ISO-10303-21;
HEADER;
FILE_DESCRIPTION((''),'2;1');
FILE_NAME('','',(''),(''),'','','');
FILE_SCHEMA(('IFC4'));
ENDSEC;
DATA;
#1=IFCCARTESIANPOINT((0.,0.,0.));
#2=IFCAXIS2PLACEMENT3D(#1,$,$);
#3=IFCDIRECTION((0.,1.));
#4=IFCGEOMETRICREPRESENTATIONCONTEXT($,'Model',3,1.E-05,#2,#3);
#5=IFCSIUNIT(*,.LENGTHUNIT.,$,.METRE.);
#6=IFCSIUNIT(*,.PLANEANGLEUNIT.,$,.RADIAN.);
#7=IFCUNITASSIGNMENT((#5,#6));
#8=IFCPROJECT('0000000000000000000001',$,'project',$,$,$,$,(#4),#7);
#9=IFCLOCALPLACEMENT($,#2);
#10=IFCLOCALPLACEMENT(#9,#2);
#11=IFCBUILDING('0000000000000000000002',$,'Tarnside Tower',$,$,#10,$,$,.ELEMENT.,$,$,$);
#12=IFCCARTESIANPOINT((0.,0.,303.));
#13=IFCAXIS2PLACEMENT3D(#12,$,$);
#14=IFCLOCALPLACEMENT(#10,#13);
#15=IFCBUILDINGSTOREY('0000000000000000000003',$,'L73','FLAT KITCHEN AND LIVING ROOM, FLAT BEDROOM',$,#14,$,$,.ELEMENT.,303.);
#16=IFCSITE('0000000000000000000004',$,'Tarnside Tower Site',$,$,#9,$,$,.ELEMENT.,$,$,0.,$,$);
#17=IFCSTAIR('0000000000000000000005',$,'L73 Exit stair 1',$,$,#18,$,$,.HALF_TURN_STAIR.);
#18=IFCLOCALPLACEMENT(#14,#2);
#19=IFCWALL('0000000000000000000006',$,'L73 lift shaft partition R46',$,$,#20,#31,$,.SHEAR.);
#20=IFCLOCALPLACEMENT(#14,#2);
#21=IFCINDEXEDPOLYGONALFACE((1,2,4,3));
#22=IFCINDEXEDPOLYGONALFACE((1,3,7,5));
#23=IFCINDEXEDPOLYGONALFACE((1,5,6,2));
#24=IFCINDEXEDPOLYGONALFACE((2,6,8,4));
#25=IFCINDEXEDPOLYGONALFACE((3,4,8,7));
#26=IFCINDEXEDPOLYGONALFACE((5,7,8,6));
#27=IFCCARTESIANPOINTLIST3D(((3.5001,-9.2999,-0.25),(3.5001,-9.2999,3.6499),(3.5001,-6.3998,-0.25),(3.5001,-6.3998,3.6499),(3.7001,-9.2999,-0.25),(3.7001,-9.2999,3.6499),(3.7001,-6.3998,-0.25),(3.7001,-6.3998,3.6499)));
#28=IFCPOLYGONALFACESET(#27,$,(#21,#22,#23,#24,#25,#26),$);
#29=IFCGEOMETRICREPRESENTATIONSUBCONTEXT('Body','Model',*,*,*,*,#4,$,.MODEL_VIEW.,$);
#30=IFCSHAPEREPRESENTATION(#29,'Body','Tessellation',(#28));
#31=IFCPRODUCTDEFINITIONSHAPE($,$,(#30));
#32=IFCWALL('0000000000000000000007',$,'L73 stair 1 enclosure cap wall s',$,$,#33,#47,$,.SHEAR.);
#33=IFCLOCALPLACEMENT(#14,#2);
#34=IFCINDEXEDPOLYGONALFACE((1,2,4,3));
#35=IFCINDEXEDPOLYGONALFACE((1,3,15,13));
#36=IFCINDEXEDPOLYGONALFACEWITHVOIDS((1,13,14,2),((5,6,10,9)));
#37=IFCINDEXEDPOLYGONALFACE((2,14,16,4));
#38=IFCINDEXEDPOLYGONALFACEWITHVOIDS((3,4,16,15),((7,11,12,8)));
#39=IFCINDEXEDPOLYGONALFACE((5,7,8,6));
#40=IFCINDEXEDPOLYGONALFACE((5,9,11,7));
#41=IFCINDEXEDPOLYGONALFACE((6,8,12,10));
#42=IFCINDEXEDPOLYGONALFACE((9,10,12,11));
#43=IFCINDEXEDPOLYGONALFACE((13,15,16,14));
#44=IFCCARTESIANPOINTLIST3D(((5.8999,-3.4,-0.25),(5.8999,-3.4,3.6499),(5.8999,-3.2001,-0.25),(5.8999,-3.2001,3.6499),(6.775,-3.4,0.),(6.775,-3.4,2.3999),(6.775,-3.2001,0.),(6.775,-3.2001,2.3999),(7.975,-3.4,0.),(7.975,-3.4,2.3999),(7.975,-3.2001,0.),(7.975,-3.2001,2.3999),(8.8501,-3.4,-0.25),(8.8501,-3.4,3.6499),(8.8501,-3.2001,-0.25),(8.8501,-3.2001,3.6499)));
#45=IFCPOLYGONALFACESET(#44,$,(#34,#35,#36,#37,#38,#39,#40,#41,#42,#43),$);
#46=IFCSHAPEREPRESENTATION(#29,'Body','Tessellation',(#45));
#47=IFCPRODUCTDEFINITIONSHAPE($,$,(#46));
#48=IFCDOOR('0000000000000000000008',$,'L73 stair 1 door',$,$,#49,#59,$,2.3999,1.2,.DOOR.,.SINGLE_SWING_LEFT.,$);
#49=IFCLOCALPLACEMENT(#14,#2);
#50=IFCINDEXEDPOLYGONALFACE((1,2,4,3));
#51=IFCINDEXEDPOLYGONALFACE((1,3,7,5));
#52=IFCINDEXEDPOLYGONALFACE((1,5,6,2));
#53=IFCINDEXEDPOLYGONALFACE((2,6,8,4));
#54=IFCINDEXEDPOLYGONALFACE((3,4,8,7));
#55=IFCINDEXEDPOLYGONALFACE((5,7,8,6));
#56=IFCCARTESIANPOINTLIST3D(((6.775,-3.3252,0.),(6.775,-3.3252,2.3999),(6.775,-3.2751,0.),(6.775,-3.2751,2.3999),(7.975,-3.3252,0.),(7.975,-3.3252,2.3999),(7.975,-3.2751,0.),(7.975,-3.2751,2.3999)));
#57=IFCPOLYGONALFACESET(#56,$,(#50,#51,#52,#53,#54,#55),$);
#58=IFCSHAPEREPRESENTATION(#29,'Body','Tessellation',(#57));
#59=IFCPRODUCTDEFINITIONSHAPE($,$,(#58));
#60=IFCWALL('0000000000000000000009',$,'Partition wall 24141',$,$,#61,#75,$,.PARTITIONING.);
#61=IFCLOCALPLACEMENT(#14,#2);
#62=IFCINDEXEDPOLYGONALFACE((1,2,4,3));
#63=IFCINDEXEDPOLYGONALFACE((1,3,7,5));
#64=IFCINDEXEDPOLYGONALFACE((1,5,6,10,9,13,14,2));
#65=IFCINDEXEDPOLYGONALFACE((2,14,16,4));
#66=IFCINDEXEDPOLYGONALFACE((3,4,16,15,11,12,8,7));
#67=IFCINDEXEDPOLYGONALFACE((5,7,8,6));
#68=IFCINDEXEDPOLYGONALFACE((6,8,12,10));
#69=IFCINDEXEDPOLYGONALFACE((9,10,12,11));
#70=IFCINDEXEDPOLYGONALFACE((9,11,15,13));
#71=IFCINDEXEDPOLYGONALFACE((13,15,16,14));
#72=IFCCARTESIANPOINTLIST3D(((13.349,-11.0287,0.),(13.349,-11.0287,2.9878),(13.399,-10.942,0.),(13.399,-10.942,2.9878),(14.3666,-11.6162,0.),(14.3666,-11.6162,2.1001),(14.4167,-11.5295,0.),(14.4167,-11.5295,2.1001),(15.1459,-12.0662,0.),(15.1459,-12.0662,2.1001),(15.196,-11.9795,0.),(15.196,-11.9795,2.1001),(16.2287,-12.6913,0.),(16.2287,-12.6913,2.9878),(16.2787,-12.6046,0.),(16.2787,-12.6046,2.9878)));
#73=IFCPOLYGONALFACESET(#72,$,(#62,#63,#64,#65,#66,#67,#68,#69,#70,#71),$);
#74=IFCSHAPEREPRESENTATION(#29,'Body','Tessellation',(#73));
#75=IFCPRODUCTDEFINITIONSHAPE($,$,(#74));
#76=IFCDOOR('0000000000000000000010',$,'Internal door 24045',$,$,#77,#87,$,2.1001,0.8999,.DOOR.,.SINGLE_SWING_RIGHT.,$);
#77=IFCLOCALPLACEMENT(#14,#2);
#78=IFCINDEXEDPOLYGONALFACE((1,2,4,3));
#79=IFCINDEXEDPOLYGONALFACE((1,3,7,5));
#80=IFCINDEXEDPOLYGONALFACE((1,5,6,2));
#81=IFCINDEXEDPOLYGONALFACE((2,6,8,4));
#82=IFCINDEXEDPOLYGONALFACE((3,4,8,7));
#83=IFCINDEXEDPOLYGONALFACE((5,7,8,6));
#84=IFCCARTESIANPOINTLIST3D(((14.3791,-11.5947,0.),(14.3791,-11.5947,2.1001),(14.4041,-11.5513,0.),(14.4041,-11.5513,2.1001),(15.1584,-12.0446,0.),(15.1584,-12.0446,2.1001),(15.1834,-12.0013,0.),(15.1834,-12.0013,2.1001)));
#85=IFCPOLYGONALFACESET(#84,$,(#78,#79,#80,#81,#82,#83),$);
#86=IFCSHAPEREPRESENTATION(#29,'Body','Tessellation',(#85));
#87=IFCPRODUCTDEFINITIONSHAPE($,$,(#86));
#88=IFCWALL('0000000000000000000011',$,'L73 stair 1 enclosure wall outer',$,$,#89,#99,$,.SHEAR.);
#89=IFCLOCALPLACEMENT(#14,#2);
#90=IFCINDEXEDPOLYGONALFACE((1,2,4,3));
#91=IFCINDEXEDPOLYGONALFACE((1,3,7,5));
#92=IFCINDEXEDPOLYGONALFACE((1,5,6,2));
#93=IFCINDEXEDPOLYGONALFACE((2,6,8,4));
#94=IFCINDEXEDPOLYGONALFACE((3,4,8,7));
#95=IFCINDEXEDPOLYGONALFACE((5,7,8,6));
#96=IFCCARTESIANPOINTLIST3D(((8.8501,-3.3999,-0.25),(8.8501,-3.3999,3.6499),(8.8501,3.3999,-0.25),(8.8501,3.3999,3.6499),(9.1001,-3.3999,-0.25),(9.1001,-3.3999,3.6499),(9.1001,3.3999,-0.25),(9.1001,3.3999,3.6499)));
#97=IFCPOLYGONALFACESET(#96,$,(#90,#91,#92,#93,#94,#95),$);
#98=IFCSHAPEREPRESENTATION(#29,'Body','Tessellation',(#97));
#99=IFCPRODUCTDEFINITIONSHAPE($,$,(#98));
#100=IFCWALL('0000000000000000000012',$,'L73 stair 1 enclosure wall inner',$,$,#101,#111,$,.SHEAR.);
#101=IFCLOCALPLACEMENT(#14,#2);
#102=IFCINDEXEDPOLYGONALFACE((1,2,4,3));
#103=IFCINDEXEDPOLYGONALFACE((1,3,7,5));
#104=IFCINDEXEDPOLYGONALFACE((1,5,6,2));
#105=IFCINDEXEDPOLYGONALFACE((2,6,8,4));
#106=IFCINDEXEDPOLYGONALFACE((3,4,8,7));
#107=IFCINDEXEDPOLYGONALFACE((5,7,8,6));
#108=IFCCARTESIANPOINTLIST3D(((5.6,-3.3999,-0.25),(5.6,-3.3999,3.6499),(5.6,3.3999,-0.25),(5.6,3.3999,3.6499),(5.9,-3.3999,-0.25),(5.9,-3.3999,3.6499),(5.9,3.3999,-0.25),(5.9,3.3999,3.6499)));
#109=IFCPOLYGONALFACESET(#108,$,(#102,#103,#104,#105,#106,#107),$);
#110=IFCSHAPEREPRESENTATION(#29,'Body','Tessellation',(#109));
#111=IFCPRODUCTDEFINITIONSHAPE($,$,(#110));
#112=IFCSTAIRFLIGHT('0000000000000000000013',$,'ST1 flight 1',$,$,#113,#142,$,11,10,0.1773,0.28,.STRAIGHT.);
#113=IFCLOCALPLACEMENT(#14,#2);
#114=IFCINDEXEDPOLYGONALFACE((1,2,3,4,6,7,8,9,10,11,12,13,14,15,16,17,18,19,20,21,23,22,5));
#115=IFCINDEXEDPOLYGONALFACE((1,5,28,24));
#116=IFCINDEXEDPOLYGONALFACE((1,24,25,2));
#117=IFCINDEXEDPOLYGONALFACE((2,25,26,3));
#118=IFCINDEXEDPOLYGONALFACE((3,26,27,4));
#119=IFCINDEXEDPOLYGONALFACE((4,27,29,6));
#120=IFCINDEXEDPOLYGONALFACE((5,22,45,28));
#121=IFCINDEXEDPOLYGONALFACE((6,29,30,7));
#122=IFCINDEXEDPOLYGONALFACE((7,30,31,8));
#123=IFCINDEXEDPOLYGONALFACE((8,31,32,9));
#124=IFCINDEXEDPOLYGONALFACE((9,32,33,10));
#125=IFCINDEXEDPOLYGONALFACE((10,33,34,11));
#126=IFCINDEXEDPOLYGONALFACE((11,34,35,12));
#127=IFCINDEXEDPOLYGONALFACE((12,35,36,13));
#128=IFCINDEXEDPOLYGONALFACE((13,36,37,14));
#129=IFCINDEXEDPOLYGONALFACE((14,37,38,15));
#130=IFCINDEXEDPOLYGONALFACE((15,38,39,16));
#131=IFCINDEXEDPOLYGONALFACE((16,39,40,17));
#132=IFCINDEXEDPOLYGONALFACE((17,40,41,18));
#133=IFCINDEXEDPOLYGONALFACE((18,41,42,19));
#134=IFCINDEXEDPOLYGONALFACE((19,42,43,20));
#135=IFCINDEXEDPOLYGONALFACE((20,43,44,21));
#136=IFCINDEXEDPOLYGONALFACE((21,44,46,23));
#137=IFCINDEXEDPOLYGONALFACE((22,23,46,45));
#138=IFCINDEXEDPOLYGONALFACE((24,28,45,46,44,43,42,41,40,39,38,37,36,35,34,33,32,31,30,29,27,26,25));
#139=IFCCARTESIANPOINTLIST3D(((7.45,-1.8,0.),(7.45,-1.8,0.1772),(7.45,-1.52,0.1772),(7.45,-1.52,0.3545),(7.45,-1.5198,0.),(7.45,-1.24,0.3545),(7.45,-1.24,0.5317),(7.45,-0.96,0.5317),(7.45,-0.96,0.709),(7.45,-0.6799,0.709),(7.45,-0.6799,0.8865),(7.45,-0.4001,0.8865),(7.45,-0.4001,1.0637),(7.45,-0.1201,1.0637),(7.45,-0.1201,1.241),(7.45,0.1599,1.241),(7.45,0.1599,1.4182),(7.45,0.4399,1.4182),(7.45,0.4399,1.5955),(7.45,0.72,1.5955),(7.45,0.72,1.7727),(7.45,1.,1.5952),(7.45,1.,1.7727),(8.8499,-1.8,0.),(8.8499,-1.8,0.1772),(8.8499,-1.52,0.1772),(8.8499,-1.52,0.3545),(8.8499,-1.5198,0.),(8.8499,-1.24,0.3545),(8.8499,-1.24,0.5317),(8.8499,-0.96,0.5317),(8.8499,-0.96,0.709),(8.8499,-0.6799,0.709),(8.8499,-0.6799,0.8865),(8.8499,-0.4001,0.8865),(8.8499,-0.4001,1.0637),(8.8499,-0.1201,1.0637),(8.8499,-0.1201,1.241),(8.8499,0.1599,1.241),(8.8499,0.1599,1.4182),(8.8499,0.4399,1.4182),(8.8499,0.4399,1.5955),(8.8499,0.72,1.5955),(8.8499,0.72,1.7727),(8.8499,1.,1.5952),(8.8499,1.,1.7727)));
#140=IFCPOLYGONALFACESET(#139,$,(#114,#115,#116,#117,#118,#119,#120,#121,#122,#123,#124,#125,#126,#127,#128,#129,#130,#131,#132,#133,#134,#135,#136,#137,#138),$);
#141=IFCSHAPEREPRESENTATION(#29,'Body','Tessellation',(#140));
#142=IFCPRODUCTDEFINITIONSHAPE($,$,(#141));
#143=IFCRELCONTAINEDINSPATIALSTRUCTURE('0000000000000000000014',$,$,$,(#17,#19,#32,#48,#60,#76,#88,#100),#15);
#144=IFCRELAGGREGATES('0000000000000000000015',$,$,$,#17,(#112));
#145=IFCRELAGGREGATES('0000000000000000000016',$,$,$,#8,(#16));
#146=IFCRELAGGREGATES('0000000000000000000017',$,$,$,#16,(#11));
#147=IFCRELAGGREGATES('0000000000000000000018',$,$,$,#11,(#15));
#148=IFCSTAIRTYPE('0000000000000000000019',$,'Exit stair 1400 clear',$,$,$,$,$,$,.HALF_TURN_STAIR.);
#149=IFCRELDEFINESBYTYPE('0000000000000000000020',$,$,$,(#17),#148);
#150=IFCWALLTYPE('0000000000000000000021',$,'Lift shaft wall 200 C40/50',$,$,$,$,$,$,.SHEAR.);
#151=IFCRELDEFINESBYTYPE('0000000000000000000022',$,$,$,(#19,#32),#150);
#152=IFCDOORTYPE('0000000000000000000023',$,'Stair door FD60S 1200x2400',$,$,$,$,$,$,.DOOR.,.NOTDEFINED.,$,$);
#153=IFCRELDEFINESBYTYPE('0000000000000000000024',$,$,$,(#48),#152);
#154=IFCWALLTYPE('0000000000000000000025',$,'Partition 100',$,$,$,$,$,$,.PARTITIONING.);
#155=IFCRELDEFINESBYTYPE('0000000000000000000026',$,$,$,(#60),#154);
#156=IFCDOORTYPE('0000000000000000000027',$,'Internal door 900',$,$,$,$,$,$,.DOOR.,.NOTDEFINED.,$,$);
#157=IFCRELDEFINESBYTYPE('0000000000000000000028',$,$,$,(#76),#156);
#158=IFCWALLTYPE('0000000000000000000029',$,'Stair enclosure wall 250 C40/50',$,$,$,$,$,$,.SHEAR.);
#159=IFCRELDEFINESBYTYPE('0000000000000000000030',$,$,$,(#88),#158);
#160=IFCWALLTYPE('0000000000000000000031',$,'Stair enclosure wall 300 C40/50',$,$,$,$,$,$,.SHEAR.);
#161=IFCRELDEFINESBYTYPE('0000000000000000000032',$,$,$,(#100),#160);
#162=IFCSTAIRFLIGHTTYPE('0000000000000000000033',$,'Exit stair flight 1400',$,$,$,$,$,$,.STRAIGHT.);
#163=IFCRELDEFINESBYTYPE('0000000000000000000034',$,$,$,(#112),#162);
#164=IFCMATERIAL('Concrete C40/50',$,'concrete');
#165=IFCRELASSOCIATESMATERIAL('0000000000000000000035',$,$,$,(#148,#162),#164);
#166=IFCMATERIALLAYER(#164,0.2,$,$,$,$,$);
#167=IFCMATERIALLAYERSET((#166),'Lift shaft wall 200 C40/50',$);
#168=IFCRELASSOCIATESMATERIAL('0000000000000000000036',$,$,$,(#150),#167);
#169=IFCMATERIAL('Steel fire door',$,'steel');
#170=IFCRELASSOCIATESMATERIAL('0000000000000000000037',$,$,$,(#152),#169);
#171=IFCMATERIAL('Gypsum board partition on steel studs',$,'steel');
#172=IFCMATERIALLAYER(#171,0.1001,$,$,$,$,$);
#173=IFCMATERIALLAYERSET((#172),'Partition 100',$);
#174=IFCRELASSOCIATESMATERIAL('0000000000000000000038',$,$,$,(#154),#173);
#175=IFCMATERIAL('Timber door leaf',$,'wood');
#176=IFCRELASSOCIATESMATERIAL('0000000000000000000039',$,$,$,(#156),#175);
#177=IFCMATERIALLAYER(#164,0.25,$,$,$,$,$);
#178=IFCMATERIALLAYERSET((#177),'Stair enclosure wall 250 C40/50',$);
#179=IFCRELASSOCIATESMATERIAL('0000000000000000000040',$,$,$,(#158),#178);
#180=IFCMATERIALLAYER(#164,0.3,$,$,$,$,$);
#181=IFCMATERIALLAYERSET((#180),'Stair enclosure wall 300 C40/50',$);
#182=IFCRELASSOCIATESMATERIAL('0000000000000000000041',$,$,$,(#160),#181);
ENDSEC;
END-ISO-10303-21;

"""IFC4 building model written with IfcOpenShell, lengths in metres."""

from ifc_helpers import new_model, si_unit, direction, frame, frame_2d, origin, place, context, subcontext, project, spatial, polyline, rectangle, outline, extrude, material, layer, layer_set, type_object, element, fill, aggregate, save


model = new_model("IFC4")

# Units and contexts
model_context = context("Model", 3, precision=1e-05, world=origin(), true_north=direction((0.0, 1.0)))
body_context = subcontext(model_context, "Body", "Model", "MODEL_VIEW")
ifc_project = project(units=[si_unit("LENGTHUNIT", "METRE"), si_unit("PLANEANGLEUNIT", "RADIAN")], contexts=[model_context])

# Site, building, storey
site_placement = place(None, origin())
site = spatial("IfcSite", under=ifc_project, at=site_placement, Name="Tarnside Tower Site", CompositionType="ELEMENT", RefElevation=0.0)
building_placement = place(site_placement, origin())
building = spatial("IfcBuilding", under=site, at=building_placement, Name="Tarnside Tower", CompositionType="ELEMENT")
storey_placement = place(building_placement, frame((0.0, 0.0, 303.0)))
storey = spatial("IfcBuildingStorey", under=building, at=storey_placement, Name="L73", Description="FLAT KITCHEN AND LIVING ROOM, FLAT BEDROOM", CompositionType="ELEMENT", Elevation=303.0)

# Stair
ifc_material_1 = material(Name="Concrete C40/50", Category="concrete")
stair_type = type_object("IfcStairType", Name="Exit stair 1400 clear", PredefinedType="HALF_TURN_STAIR", material=ifc_material_1)
stair_1_placement = place(storey_placement, origin())
stair_1 = element("IfcStair", 1, at=stair_1_placement, inside=storey, type_object=stair_type, Name="L73 Exit stair 1", PredefinedType="HALF_TURN_STAIR")

# Shared definitions
ifc_material_2 = material(Name="Gypsum board partition on steel studs", Category="steel")
ifc_material_3 = material(Name="Timber door leaf", Category="wood")
ifc_material_4 = material(Name="Steel fire door", Category="steel")

# Wall
ifc_layer_1 = layer(ifc_material_1, 0.2)
ifc_layer_set_1 = layer_set([ifc_layer_1], Name="Lift shaft wall 200 C40/50")
wall_type_1 = type_object("IfcWallType", Name="Lift shaft wall 200 C40/50", PredefinedType="SHEAR", material=ifc_layer_set_1)
for number, where, z_axis, x_axis, name in (
    (2, (3.6001, -9.3, -0.25), (0.0, 0.0, 1.0), (0.0, 1.0, 0.0), "L73 lift shaft partition R46"),
):
    element("IfcWall", number, at=place(storey_placement, frame(where, z_axis=z_axis, x_axis=x_axis)), inside=storey, type_object=wall_type_1, Name=name, PredefinedType="SHEAR", context=body_context, shape_type="SweptSolid", body=[
        extrude(rectangle(XDim=2.9001, YDim=0.2, at=frame_2d((1.4502, 0.0))), origin(), (0.0, 0.0, 1.0), 3.8999),
    ])

# Walls, openings, doors
wall_1_placement = place(storey_placement, frame((5.8999, -3.3, -0.25), z_axis=(0.0, 0.0, 1.0), x_axis=(1.0, 0.0, 0.0)))
wall_1 = element("IfcWall", 3, at=wall_1_placement, inside=storey, type_object=wall_type_1, Name="L73 stair 1 enclosure cap wall s", PredefinedType="SHEAR", context=body_context, shape_type="SweptSolid", body=[
    extrude(rectangle(XDim=2.9502, YDim=0.2, at=frame_2d((1.4751, 0.0))), origin(), (0.0, 0.0, 1.0), 3.8999),
])
opening_1_placement = place(wall_1_placement, frame((0.875, 0.0, 0.25)))
opening_1 = element("IfcOpeningElement", 4, at=opening_1_placement, cuts=wall_1, PredefinedType="OPENING", context=body_context, shape_type="SweptSolid", body=[
    extrude(rectangle(XDim=1.2, YDim=2.3999, at=frame_2d((0.6001, 1.2))), frame((0.0, 0.1099, 0.0), z_axis=(0.0, -1.0, 0.0), x_axis=(1.0, 0.0, 0.0)), (0.0, 0.0, 1.0), 0.22),
])
door_type_1 = type_object("IfcDoorType", Name="Stair door FD60S 1200x2400", OperationType="NOTDEFINED", PredefinedType="DOOR", material=ifc_material_4)
door_1_placement = place(opening_1_placement, origin())
door_1 = element("IfcDoor", 5, at=door_1_placement, inside=storey, type_object=door_type_1, Name="L73 stair 1 door", OperationType="SINGLE_SWING_LEFT", OverallHeight=2.3999, OverallWidth=1.2, PredefinedType="DOOR", context=body_context, shape_type="SweptSolid", body=[
    extrude(rectangle(XDim=1.2, YDim=2.3999, at=frame_2d((0.6001, 1.2))), frame((0.0, 0.0249, 0.0), z_axis=(0.0, -1.0, 0.0), x_axis=(1.0, 0.0, 0.0)), (0.0, 0.0, 1.0), 0.05),
])
fill(opening_1, door_1)
ifc_layer_2 = layer(ifc_material_2, 0.1001)
ifc_layer_set_2 = layer_set([ifc_layer_2], Name="Partition 100")
wall_type_2 = type_object("IfcWallType", Name="Partition 100", PredefinedType="PARTITIONING", material=ifc_layer_set_2)
wall_2_placement = place(storey_placement, frame((13.374, -10.9854, 0.0), z_axis=(0.0, 0.0, 1.0), x_axis=(0.866021, -0.500008, 0.0)))
wall_2 = element("IfcWall", 6, at=wall_2_placement, inside=storey, type_object=wall_type_2, Name="Partition wall 24141", PredefinedType="PARTITIONING", context=body_context, shape_type="SweptSolid", body=[
    extrude(rectangle(XDim=3.3252, YDim=0.1001, at=frame_2d((1.6626, 0.0))), origin(), (0.0, 0.0, 1.0), 2.9878),
])
opening_2_placement = place(wall_2_placement, frame((1.175, 0.0, 0.0)))
opening_2 = element("IfcOpeningElement", 7, at=opening_2_placement, cuts=wall_2, PredefinedType="OPENING", context=body_context, shape_type="SweptSolid", body=[
    extrude(rectangle(XDim=0.8999, YDim=2.1001, at=frame_2d((0.45, 1.05))), frame((0.0, 0.0601, 0.0), z_axis=(0.0, -1.0, 0.0), x_axis=(1.0, 0.0, 0.0)), (0.0, 0.0, 1.0), 0.1201),
])
door_type_2 = type_object("IfcDoorType", Name="Internal door 900", OperationType="NOTDEFINED", PredefinedType="DOOR", material=ifc_material_3)
door_2_placement = place(opening_2_placement, origin())
door_2 = element("IfcDoor", 8, at=door_2_placement, inside=storey, type_object=door_type_2, Name="Internal door 24045", OperationType="SINGLE_SWING_RIGHT", OverallHeight=2.1001, OverallWidth=0.8999, PredefinedType="DOOR", context=body_context, shape_type="SweptSolid", body=[
    extrude(rectangle(XDim=0.8999, YDim=2.1001, at=frame_2d((0.45, 1.05))), frame((0.0, 0.0249, 0.0), z_axis=(0.0, -1.0, 0.0), x_axis=(1.0, 0.0, 0.0)), (0.0, 0.0, 1.0), 0.05),
])
fill(opening_2, door_2)

# Walls
ifc_layer_3 = layer(ifc_material_1, 0.25)
ifc_layer_set_3 = layer_set([ifc_layer_3], Name="Stair enclosure wall 250 C40/50")
wall_type_3 = type_object("IfcWallType", Name="Stair enclosure wall 250 C40/50", PredefinedType="SHEAR", material=ifc_layer_set_3)
wall_3_placement = place(storey_placement, frame((8.9751, -3.3999, -0.25), z_axis=(0.0, 0.0, 1.0), x_axis=(0.0, 1.0, 0.0)))
element("IfcWall", 9, at=wall_3_placement, inside=storey, type_object=wall_type_3, Name="L73 stair 1 enclosure wall outer", PredefinedType="SHEAR", context=body_context, shape_type="SweptSolid", body=[
    extrude(rectangle(XDim=6.7998, YDim=0.25, at=frame_2d((3.3999, 0.0))), origin(), (0.0, 0.0, 1.0), 3.8999),
])
ifc_layer_4 = layer(ifc_material_1, 0.3)
ifc_layer_set_4 = layer_set([ifc_layer_4], Name="Stair enclosure wall 300 C40/50")
wall_type_4 = type_object("IfcWallType", Name="Stair enclosure wall 300 C40/50", PredefinedType="SHEAR", material=ifc_layer_set_4)
wall_4_placement = place(storey_placement, frame((5.75, -3.3999, -0.25), z_axis=(0.0, 0.0, 1.0), x_axis=(0.0, 1.0, 0.0)))
element("IfcWall", 10, at=wall_4_placement, inside=storey, type_object=wall_type_4, Name="L73 stair 1 enclosure wall inner", PredefinedType="SHEAR", context=body_context, shape_type="SweptSolid", body=[
    extrude(rectangle(XDim=6.7998, YDim=0.3, at=frame_2d((3.3999, 0.0))), origin(), (0.0, 0.0, 1.0), 3.8999),
])

# Stair flight
stair_flight_type = type_object("IfcStairFlightType", Name="Exit stair flight 1400", PredefinedType="STRAIGHT", material=ifc_material_1)
stair_flight_placement = place(storey_placement, frame((8.1499, -1.8, 0.0), z_axis=(0.0, 0.0, 1.0), x_axis=(0.0, 1.0, 0.0)))
stair_flight = element("IfcStairFlight", 11, at=stair_flight_placement, type_object=stair_flight_type, Name="ST1 flight 1", NumberOfRisers=11, NumberOfTreads=10, PredefinedType="STRAIGHT", RiserHeight=0.1773, TreadLength=0.28, context=body_context, shape_type="SweptSolid", body=[
    extrude(outline(polyline([(0.0, 0.0), (0.0, 0.1772), (0.28, 0.1772), (0.28, 0.3545), (0.5601, 0.3545), (0.5601, 0.5317), (0.8401, 0.5317), (0.8401, 0.709), (1.1201, 0.709), (1.1201, 0.8865), (1.3999, 0.8865), (1.3999, 1.0637), (1.6799, 1.0637), (1.6799, 1.241), (1.96, 1.241), (1.96, 1.4182), (2.24, 1.4182), (2.24, 1.5955), (2.52, 1.5955), (2.52, 1.7727), (2.8, 1.7727), (2.8, 1.95), (2.8, 1.5952), (0.2803, 0.0), (0.0, 0.0)])), frame((0.0, 0.7, 0.0), z_axis=(0.0, -1.0, 0.0), x_axis=(1.0, 0.0, 0.0)), (0.0, 0.0, 1.0), 1.3999),
])
aggregate(stair_1, [stair_flight])

save(model, "model.ifc")
